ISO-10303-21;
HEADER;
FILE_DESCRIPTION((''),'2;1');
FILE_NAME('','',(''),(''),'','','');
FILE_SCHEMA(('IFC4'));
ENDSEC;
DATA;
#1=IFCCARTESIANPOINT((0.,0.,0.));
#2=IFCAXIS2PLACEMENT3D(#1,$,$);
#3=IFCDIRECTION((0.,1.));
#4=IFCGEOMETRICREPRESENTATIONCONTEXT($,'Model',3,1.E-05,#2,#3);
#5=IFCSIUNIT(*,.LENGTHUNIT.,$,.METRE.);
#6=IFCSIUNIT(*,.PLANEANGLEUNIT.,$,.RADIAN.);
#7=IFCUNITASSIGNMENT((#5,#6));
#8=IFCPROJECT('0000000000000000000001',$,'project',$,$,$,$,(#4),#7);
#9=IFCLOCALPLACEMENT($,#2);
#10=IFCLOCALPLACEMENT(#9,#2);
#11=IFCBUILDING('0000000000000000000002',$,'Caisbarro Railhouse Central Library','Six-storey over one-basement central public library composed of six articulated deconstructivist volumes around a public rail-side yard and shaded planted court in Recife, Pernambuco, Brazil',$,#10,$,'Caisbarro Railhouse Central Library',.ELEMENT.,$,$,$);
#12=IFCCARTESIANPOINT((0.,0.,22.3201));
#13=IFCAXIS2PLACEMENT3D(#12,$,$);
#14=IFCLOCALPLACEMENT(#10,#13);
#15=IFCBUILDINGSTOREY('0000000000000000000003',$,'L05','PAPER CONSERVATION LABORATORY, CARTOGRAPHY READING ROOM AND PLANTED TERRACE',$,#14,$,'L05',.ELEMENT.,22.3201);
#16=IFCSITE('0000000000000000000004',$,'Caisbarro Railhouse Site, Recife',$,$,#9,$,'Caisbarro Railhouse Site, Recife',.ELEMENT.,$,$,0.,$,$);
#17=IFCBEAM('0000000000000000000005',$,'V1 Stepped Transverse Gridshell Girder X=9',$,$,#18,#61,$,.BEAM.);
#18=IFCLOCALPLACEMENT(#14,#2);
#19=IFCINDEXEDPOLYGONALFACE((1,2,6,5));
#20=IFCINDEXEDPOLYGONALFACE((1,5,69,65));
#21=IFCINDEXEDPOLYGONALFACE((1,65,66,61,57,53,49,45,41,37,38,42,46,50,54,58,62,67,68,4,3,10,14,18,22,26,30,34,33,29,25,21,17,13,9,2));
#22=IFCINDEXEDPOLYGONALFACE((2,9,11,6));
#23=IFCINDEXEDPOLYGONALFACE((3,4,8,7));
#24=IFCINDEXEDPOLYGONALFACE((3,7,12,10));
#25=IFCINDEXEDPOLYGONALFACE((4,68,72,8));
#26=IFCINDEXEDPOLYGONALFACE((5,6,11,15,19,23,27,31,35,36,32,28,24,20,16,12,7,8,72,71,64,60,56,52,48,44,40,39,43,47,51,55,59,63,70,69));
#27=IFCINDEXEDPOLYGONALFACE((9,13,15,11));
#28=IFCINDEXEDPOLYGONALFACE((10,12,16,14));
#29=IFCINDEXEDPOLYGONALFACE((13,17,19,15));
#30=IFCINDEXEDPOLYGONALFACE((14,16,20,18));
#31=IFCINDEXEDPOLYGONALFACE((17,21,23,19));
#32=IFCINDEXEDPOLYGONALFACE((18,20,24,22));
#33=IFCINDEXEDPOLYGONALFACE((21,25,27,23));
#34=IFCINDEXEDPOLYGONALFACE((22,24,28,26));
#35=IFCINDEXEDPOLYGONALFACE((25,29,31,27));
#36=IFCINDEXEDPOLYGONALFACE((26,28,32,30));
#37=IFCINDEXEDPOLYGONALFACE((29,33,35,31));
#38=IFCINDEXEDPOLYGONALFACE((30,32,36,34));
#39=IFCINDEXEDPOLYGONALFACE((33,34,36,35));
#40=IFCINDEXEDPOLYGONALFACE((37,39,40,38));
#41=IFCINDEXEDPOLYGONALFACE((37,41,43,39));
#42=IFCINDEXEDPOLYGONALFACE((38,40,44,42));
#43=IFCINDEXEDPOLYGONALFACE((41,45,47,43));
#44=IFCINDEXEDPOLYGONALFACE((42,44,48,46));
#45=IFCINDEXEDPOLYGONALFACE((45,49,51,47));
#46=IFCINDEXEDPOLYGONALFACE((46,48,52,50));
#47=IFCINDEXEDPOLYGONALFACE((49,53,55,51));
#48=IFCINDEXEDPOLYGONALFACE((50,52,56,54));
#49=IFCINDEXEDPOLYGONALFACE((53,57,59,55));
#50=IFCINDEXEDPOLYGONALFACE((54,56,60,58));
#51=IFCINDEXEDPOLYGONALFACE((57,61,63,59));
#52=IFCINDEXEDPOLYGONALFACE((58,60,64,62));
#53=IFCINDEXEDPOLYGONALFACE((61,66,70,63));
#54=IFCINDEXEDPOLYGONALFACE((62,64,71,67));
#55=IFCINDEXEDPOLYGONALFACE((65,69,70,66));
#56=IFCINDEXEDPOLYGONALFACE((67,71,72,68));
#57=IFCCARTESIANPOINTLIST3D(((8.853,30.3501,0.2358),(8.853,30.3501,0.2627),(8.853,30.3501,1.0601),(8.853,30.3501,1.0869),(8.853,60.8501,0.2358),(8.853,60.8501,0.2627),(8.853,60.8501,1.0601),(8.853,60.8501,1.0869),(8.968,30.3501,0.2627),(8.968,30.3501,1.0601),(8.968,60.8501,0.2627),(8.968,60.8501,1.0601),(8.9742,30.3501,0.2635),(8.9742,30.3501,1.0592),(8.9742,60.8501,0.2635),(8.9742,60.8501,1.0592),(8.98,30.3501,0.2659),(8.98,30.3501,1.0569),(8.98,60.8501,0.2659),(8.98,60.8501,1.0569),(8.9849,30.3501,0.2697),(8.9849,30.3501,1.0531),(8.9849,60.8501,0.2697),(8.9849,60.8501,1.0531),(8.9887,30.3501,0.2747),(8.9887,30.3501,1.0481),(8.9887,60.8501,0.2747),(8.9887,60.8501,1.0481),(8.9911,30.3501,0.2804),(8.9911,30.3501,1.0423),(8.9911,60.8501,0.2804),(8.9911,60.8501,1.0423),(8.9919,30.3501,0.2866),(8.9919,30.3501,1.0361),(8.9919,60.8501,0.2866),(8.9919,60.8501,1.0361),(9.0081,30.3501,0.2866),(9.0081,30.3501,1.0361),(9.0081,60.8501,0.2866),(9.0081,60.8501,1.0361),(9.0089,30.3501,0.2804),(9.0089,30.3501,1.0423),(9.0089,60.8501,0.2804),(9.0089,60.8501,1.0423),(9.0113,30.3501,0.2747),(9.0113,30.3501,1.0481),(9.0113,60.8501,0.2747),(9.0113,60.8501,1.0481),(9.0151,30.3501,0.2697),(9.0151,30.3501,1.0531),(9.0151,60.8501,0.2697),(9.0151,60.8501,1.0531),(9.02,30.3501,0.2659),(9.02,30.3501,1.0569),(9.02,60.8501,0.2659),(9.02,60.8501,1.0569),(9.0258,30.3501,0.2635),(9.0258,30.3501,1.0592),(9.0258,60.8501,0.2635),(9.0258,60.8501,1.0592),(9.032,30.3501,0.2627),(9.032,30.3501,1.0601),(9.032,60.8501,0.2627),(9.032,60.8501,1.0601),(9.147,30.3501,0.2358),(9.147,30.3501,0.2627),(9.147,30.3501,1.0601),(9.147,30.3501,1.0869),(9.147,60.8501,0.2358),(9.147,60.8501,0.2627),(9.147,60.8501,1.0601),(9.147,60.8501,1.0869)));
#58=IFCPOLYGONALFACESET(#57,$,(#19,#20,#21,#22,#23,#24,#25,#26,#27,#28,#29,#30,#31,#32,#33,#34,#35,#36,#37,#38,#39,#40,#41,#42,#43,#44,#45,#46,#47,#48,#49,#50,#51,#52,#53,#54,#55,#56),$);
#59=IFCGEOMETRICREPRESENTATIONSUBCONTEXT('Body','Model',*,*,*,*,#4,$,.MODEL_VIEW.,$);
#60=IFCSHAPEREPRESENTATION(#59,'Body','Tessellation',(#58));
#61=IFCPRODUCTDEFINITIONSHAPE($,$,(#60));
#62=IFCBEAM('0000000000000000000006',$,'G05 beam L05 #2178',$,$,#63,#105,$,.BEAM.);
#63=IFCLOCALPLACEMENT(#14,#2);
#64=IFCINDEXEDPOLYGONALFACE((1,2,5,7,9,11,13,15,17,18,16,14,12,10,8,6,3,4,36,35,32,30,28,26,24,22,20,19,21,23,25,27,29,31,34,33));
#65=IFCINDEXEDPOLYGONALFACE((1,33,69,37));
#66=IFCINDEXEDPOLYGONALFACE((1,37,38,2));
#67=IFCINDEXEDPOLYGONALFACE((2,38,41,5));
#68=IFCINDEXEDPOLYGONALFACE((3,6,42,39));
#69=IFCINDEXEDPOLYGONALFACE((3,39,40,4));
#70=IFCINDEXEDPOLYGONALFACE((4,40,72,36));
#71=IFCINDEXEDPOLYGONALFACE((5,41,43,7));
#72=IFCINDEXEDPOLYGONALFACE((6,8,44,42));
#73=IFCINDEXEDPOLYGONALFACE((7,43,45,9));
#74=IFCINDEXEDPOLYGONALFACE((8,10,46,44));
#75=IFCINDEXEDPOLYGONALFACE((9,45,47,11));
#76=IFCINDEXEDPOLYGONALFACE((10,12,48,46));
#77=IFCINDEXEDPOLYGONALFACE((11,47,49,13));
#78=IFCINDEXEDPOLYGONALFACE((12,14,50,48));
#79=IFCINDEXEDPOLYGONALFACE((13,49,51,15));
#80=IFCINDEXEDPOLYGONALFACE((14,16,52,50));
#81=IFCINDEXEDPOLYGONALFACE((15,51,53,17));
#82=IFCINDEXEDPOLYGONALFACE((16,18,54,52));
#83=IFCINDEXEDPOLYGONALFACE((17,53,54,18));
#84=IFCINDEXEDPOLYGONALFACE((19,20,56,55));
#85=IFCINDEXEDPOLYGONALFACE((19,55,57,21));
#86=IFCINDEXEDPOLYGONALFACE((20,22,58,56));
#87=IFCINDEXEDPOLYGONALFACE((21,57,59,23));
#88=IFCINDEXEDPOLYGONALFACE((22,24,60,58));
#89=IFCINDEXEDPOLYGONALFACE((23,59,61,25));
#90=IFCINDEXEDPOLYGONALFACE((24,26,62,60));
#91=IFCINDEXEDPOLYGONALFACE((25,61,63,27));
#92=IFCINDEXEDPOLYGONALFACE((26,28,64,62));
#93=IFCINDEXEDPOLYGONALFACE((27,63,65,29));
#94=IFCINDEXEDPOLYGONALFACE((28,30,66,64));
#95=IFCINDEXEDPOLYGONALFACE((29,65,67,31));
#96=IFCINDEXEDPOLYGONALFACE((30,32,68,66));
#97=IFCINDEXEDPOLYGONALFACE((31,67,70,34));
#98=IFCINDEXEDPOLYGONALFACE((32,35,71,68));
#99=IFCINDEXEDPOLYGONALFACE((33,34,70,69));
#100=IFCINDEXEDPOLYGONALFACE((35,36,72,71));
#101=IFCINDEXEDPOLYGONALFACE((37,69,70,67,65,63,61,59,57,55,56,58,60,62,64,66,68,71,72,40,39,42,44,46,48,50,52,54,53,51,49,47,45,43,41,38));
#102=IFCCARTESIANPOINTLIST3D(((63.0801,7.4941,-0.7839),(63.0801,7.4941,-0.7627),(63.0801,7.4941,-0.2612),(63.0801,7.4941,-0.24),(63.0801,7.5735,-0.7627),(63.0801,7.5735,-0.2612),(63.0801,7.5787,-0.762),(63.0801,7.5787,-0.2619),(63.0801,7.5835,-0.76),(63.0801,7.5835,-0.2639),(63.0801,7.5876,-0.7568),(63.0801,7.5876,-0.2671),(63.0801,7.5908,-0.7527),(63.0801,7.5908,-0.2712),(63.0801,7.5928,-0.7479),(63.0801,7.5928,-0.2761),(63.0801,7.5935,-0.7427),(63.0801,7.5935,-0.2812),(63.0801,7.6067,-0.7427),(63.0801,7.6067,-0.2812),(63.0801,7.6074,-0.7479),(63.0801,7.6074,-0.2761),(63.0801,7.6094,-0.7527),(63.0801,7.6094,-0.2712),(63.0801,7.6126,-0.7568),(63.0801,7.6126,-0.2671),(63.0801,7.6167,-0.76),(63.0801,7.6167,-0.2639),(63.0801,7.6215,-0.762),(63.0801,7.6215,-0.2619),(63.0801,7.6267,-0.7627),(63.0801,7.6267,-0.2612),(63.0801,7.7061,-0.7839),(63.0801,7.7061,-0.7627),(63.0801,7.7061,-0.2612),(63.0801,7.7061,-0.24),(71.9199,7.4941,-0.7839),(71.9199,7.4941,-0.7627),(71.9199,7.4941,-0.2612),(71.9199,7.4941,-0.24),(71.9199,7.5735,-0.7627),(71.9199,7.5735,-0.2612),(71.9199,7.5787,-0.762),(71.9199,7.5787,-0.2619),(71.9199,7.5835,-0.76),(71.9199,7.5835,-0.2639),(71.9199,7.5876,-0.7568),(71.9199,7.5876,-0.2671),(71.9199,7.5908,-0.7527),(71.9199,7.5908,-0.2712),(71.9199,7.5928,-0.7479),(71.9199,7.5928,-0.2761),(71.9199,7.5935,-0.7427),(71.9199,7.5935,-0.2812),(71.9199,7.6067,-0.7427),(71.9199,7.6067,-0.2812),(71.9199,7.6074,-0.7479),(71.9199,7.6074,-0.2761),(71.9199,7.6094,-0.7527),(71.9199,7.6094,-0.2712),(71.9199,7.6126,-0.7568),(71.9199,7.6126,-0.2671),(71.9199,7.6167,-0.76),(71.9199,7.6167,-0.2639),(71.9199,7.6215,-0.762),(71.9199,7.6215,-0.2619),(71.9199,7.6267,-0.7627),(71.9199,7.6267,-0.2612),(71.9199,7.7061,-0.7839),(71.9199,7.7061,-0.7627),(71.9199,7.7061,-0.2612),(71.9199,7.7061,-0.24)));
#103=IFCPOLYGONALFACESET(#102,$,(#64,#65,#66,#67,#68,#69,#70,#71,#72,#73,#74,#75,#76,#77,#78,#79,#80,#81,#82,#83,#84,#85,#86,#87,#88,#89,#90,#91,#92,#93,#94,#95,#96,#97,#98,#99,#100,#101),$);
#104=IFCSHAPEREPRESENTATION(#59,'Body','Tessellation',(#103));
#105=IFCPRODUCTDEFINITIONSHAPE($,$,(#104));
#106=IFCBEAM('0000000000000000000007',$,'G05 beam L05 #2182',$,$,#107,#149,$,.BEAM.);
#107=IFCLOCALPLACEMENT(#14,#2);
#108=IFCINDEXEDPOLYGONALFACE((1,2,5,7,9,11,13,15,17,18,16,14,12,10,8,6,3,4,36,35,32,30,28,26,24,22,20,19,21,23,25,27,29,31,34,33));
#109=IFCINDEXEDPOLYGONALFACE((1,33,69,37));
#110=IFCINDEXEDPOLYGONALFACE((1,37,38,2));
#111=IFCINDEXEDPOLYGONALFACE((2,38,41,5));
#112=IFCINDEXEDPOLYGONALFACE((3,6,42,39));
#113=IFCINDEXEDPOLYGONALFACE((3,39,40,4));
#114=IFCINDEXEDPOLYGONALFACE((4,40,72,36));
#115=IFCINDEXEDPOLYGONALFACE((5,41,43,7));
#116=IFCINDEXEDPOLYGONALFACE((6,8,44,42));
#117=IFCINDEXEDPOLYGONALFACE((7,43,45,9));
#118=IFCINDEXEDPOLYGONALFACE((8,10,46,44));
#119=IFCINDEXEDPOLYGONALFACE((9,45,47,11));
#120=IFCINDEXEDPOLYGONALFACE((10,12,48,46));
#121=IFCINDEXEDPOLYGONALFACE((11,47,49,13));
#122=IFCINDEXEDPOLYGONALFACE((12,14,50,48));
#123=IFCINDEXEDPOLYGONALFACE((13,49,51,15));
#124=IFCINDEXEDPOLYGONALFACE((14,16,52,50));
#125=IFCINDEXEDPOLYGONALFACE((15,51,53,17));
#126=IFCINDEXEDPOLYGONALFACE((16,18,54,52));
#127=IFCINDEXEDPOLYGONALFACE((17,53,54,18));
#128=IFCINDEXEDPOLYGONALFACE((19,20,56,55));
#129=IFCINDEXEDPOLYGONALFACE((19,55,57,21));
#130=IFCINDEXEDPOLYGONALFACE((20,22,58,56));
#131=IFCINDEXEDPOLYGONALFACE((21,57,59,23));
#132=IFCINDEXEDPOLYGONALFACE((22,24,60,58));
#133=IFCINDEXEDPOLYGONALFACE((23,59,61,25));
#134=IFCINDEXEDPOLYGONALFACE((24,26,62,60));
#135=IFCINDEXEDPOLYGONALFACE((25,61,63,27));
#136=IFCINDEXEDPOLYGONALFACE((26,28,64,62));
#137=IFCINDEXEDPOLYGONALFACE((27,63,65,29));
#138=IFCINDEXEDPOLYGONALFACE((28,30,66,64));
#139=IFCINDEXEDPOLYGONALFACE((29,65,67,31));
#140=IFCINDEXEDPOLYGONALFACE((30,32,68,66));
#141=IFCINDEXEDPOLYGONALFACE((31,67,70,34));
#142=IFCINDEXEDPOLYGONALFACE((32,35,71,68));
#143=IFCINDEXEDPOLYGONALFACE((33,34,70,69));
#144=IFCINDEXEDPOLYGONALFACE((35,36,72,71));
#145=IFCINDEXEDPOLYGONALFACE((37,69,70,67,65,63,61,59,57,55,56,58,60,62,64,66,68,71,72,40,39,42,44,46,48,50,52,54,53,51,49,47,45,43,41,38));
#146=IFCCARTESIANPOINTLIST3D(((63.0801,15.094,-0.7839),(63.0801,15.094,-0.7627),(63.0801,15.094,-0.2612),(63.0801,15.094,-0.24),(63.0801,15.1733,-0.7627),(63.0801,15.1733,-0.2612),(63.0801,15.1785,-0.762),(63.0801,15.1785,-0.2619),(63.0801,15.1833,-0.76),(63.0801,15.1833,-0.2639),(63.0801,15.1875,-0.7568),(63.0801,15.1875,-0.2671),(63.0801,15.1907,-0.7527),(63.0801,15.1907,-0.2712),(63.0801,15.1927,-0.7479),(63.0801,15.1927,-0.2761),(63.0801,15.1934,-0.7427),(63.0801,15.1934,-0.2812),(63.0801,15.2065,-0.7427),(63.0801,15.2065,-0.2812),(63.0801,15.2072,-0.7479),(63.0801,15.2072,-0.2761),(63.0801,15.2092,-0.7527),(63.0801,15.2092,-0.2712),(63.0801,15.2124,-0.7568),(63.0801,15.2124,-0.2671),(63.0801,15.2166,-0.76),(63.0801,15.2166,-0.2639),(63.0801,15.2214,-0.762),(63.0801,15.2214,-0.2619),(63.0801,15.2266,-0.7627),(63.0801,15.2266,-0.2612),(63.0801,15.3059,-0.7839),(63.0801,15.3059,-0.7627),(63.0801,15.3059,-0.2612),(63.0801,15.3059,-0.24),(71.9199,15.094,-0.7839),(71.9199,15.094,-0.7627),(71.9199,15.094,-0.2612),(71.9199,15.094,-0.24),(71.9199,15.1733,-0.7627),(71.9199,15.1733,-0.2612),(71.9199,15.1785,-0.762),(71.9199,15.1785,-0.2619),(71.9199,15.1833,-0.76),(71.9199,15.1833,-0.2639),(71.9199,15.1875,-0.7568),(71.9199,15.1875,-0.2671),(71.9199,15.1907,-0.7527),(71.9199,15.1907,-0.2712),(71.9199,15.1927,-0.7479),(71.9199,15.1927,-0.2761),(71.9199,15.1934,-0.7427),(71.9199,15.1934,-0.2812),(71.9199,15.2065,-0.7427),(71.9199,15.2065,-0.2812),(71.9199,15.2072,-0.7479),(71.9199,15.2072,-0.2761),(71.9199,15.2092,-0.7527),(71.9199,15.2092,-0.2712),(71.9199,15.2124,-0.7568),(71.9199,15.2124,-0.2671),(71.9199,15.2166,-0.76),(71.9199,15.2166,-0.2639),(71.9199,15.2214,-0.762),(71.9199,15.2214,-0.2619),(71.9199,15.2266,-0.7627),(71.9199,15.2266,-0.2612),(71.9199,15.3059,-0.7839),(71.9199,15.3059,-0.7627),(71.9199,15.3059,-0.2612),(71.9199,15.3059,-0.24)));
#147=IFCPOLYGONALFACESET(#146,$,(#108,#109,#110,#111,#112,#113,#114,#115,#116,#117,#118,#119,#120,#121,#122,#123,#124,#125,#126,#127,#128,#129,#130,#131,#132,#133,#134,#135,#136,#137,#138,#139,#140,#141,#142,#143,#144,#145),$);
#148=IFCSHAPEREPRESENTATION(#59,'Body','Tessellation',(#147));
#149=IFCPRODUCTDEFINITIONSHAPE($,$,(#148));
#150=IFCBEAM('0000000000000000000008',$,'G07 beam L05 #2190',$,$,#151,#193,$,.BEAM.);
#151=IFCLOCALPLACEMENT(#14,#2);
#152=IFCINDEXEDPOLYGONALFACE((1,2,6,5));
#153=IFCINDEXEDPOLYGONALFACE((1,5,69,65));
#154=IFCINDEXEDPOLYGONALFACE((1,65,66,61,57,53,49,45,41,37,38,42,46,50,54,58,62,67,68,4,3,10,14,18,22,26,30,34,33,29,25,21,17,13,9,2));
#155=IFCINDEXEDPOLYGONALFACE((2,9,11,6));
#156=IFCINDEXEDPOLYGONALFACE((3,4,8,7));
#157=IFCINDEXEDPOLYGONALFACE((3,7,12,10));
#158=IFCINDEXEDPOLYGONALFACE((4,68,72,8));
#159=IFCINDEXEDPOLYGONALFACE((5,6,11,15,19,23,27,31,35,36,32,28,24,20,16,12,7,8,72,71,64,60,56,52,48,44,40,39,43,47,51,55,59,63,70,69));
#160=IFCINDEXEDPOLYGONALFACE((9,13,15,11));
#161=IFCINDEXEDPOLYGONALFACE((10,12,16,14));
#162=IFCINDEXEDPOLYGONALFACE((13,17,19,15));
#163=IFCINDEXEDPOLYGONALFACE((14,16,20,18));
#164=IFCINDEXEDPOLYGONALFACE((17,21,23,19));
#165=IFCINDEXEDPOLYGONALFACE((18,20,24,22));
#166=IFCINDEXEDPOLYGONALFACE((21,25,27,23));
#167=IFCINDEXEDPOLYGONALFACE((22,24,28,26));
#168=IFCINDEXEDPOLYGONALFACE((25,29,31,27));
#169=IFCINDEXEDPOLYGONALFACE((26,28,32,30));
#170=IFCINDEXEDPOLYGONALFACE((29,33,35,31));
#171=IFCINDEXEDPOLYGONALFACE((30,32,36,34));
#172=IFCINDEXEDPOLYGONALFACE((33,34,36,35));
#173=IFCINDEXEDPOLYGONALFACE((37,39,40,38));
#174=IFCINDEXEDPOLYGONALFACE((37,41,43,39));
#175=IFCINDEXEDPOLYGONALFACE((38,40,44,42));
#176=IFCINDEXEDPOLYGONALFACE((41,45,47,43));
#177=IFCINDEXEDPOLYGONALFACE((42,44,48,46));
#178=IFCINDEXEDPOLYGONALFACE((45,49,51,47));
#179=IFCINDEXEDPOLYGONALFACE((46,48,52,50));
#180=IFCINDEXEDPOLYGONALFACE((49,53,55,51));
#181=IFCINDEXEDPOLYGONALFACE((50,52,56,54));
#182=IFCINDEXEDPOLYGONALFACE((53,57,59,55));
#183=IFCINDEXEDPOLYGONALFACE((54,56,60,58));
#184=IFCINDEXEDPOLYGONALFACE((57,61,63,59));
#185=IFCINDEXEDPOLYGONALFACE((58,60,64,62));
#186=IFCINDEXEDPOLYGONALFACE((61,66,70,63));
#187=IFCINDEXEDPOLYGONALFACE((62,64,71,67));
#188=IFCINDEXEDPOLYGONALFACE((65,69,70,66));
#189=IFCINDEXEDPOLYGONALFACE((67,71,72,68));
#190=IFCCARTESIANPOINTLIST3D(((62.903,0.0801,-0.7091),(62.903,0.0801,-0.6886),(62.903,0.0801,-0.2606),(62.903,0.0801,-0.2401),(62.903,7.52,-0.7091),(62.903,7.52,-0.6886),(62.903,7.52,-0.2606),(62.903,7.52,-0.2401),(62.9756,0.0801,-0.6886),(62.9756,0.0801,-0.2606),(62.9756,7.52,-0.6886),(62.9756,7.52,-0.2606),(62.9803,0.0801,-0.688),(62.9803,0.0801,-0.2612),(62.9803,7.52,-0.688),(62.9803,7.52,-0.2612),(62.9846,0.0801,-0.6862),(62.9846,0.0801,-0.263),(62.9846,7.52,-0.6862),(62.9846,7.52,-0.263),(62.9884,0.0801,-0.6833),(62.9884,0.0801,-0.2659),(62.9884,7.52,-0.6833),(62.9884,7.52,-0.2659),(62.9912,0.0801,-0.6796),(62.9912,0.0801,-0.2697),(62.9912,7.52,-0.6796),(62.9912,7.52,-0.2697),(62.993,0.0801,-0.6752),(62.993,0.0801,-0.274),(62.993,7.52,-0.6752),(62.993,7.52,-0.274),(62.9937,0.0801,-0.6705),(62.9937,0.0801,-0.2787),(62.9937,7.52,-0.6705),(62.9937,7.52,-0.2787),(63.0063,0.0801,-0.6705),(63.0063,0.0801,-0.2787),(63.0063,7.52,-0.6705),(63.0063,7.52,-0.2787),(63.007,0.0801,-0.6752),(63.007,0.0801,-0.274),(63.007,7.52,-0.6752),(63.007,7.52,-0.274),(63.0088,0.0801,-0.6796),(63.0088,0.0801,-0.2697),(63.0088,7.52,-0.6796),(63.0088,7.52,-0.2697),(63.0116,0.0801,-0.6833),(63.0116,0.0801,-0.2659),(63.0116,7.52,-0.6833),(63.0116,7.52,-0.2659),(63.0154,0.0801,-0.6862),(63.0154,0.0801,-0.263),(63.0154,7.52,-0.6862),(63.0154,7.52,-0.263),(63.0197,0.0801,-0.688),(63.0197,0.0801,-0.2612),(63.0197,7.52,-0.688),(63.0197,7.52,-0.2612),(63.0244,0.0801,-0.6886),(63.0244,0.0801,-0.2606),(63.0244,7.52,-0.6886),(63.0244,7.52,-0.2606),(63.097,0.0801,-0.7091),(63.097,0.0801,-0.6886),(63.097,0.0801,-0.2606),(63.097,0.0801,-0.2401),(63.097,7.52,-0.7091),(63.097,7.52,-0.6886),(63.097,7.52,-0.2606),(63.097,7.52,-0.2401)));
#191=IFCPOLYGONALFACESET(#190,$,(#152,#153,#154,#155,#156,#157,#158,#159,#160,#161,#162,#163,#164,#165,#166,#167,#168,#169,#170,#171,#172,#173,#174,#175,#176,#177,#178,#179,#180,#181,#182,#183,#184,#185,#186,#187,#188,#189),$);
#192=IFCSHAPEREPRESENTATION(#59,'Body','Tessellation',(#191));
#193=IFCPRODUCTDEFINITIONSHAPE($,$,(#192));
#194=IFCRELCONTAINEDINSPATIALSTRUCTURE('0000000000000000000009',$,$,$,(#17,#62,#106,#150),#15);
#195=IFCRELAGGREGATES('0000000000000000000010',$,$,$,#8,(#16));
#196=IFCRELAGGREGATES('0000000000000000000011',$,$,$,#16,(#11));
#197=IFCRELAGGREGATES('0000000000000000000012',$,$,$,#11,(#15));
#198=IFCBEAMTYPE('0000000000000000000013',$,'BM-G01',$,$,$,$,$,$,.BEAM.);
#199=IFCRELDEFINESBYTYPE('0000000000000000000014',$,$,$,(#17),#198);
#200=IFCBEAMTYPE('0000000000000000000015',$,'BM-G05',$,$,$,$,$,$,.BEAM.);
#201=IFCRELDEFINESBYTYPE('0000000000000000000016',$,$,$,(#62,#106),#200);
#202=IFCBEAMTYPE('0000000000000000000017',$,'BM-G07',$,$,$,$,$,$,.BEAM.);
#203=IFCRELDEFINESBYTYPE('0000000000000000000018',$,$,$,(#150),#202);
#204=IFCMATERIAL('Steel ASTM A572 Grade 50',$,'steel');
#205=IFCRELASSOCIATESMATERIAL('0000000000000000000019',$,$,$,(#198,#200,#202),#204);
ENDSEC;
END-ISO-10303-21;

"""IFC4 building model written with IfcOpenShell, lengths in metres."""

from ifc_helpers import new_model, si_unit, direction, frame, origin, origin_2d, place, context, subcontext, project, spatial, i_section, extrude, material, material_profile, profile_set, type_object, element, save


model = new_model("IFC4")

# Units and contexts
model_context = context("Model", 3, precision=1e-05, world=origin(), true_north=direction((0.0, 1.0)))
body_context = subcontext(model_context, "Body", "Model", "MODEL_VIEW")
ifc_project = project(units=[si_unit("LENGTHUNIT", "METRE"), si_unit("PLANEANGLEUNIT", "RADIAN")], contexts=[model_context])

# Site, building, storey
site_placement = place(None, origin())
site = spatial("IfcSite", under=ifc_project, at=site_placement, Name="Caisbarro Railhouse Site, Recife", LongName="Caisbarro Railhouse Site, Recife", CompositionType="ELEMENT", RefElevation=0.0)
building_placement = place(site_placement, origin())
building = spatial("IfcBuilding", under=site, at=building_placement, Name="Caisbarro Railhouse Central Library", Description="Six-storey over one-basement central public library composed of six articulated deconstructivist volumes around a public rail-side yard and shaded planted court in Recife, Pernambuco, Brazil", LongName="Caisbarro Railhouse Central Library", CompositionType="ELEMENT")
storey_placement = place(building_placement, frame((0.0, 0.0, 22.3201)))
storey = spatial("IfcBuildingStorey", under=building, at=storey_placement, Name="L05", Description="PAPER CONSERVATION LABORATORY, CARTOGRAPHY READING ROOM AND PLANTED TERRACE", LongName="L05", CompositionType="ELEMENT", Elevation=22.3201)

# Shared definitions
ifc_material_1 = material(Name="Steel ASTM A572 Grade 50", Category="steel")

# Beams
ifc_material_profile_1 = material_profile(ifc_material_1, i_section(OverallWidth=0.2939, OverallDepth=0.8511, WebThickness=0.0161, FlangeThickness=0.0269, FilletRadius=0.0239, at=origin_2d()), Name="W840X226.0")
ifc_profile_set_1 = profile_set([ifc_material_profile_1], Name="Steel ASTM A572 Grade 50")
beam_type_1 = type_object("IfcBeamType", Name="BM-G01", PredefinedType="BEAM", material=ifc_profile_set_1)
beam_1_placement = place(storey_placement, frame((9.0, 30.3501, 0.6614), z_axis=(0.0, 1.0, 0.0), x_axis=(-1.0, 0.0, 0.0)))
element("IfcBeam", 1, at=beam_1_placement, inside=storey, type_object=beam_type_1, Name="V1 Stepped Transverse Gridshell Girder X=9", PredefinedType="BEAM", context=body_context, shape_type="SweptSolid", body=[
    extrude(i_section(OverallWidth=0.2939, OverallDepth=0.8511, WebThickness=0.0161, FlangeThickness=0.0269, FilletRadius=0.0239, at=origin_2d()), origin(), (0.0, 0.0, 1.0), 30.5),
])
ifc_material_profile_2 = material_profile(ifc_material_1, i_section(OverallWidth=0.2119, OverallDepth=0.5439, WebThickness=0.0132, FlangeThickness=0.0212, FilletRadius=0.02, at=origin_2d()), Name="W530X123.0")
ifc_profile_set_2 = profile_set([ifc_material_profile_2], Name="Steel ASTM A572 Grade 50")
beam_type_2 = type_object("IfcBeamType", Name="BM-G05", PredefinedType="BEAM", material=ifc_profile_set_2)
for number, where, z_axis, x_axis, name in (
    (2, (63.0801, 7.6001, -0.512), (1.0, 0.0, 0.0), (0.0, 1.0, 0.0), "G05 beam L05 #2178"),
    (3, (63.0801, 15.2, -0.512), (1.0, 0.0, 0.0), (0.0, 1.0, 0.0), "G05 beam L05 #2182"),
):
    element("IfcBeam", number, at=place(storey_placement, frame(where, z_axis=z_axis, x_axis=x_axis)), inside=storey, type_object=beam_type_2, Name=name, PredefinedType="BEAM", context=body_context, shape_type="SweptSolid", body=[
        extrude(i_section(OverallWidth=0.2119, OverallDepth=0.5439, WebThickness=0.0132, FlangeThickness=0.0212, FilletRadius=0.02, at=origin_2d()), origin(), (0.0, 0.0, 1.0), 8.8398),
    ])
ifc_material_profile_3 = material_profile(ifc_material_1, i_section(OverallWidth=0.1941, OverallDepth=0.469, WebThickness=0.0127, FlangeThickness=0.0205, FilletRadius=0.0181, at=origin_2d()), Name="W460X106.0")
ifc_profile_set_3 = profile_set([ifc_material_profile_3], Name="Steel ASTM A572 Grade 50")
beam_type_3 = type_object("IfcBeamType", Name="BM-G07", PredefinedType="BEAM", material=ifc_profile_set_3)
beam_2_placement = place(storey_placement, frame((63.0, 0.0801, -0.4746), z_axis=(0.0, 1.0, 0.0), x_axis=(-1.0, 0.0, 0.0)))
element("IfcBeam", 4, at=beam_2_placement, inside=storey, type_object=beam_type_3, Name="G07 beam L05 #2190", PredefinedType="BEAM", context=body_context, shape_type="SweptSolid", body=[
    extrude(i_section(OverallWidth=0.1941, OverallDepth=0.469, WebThickness=0.0127, FlangeThickness=0.0205, FilletRadius=0.0181, at=origin_2d()), origin(), (0.0, 0.0, 1.0), 7.4399),
])

save(model, "model.ifc")
